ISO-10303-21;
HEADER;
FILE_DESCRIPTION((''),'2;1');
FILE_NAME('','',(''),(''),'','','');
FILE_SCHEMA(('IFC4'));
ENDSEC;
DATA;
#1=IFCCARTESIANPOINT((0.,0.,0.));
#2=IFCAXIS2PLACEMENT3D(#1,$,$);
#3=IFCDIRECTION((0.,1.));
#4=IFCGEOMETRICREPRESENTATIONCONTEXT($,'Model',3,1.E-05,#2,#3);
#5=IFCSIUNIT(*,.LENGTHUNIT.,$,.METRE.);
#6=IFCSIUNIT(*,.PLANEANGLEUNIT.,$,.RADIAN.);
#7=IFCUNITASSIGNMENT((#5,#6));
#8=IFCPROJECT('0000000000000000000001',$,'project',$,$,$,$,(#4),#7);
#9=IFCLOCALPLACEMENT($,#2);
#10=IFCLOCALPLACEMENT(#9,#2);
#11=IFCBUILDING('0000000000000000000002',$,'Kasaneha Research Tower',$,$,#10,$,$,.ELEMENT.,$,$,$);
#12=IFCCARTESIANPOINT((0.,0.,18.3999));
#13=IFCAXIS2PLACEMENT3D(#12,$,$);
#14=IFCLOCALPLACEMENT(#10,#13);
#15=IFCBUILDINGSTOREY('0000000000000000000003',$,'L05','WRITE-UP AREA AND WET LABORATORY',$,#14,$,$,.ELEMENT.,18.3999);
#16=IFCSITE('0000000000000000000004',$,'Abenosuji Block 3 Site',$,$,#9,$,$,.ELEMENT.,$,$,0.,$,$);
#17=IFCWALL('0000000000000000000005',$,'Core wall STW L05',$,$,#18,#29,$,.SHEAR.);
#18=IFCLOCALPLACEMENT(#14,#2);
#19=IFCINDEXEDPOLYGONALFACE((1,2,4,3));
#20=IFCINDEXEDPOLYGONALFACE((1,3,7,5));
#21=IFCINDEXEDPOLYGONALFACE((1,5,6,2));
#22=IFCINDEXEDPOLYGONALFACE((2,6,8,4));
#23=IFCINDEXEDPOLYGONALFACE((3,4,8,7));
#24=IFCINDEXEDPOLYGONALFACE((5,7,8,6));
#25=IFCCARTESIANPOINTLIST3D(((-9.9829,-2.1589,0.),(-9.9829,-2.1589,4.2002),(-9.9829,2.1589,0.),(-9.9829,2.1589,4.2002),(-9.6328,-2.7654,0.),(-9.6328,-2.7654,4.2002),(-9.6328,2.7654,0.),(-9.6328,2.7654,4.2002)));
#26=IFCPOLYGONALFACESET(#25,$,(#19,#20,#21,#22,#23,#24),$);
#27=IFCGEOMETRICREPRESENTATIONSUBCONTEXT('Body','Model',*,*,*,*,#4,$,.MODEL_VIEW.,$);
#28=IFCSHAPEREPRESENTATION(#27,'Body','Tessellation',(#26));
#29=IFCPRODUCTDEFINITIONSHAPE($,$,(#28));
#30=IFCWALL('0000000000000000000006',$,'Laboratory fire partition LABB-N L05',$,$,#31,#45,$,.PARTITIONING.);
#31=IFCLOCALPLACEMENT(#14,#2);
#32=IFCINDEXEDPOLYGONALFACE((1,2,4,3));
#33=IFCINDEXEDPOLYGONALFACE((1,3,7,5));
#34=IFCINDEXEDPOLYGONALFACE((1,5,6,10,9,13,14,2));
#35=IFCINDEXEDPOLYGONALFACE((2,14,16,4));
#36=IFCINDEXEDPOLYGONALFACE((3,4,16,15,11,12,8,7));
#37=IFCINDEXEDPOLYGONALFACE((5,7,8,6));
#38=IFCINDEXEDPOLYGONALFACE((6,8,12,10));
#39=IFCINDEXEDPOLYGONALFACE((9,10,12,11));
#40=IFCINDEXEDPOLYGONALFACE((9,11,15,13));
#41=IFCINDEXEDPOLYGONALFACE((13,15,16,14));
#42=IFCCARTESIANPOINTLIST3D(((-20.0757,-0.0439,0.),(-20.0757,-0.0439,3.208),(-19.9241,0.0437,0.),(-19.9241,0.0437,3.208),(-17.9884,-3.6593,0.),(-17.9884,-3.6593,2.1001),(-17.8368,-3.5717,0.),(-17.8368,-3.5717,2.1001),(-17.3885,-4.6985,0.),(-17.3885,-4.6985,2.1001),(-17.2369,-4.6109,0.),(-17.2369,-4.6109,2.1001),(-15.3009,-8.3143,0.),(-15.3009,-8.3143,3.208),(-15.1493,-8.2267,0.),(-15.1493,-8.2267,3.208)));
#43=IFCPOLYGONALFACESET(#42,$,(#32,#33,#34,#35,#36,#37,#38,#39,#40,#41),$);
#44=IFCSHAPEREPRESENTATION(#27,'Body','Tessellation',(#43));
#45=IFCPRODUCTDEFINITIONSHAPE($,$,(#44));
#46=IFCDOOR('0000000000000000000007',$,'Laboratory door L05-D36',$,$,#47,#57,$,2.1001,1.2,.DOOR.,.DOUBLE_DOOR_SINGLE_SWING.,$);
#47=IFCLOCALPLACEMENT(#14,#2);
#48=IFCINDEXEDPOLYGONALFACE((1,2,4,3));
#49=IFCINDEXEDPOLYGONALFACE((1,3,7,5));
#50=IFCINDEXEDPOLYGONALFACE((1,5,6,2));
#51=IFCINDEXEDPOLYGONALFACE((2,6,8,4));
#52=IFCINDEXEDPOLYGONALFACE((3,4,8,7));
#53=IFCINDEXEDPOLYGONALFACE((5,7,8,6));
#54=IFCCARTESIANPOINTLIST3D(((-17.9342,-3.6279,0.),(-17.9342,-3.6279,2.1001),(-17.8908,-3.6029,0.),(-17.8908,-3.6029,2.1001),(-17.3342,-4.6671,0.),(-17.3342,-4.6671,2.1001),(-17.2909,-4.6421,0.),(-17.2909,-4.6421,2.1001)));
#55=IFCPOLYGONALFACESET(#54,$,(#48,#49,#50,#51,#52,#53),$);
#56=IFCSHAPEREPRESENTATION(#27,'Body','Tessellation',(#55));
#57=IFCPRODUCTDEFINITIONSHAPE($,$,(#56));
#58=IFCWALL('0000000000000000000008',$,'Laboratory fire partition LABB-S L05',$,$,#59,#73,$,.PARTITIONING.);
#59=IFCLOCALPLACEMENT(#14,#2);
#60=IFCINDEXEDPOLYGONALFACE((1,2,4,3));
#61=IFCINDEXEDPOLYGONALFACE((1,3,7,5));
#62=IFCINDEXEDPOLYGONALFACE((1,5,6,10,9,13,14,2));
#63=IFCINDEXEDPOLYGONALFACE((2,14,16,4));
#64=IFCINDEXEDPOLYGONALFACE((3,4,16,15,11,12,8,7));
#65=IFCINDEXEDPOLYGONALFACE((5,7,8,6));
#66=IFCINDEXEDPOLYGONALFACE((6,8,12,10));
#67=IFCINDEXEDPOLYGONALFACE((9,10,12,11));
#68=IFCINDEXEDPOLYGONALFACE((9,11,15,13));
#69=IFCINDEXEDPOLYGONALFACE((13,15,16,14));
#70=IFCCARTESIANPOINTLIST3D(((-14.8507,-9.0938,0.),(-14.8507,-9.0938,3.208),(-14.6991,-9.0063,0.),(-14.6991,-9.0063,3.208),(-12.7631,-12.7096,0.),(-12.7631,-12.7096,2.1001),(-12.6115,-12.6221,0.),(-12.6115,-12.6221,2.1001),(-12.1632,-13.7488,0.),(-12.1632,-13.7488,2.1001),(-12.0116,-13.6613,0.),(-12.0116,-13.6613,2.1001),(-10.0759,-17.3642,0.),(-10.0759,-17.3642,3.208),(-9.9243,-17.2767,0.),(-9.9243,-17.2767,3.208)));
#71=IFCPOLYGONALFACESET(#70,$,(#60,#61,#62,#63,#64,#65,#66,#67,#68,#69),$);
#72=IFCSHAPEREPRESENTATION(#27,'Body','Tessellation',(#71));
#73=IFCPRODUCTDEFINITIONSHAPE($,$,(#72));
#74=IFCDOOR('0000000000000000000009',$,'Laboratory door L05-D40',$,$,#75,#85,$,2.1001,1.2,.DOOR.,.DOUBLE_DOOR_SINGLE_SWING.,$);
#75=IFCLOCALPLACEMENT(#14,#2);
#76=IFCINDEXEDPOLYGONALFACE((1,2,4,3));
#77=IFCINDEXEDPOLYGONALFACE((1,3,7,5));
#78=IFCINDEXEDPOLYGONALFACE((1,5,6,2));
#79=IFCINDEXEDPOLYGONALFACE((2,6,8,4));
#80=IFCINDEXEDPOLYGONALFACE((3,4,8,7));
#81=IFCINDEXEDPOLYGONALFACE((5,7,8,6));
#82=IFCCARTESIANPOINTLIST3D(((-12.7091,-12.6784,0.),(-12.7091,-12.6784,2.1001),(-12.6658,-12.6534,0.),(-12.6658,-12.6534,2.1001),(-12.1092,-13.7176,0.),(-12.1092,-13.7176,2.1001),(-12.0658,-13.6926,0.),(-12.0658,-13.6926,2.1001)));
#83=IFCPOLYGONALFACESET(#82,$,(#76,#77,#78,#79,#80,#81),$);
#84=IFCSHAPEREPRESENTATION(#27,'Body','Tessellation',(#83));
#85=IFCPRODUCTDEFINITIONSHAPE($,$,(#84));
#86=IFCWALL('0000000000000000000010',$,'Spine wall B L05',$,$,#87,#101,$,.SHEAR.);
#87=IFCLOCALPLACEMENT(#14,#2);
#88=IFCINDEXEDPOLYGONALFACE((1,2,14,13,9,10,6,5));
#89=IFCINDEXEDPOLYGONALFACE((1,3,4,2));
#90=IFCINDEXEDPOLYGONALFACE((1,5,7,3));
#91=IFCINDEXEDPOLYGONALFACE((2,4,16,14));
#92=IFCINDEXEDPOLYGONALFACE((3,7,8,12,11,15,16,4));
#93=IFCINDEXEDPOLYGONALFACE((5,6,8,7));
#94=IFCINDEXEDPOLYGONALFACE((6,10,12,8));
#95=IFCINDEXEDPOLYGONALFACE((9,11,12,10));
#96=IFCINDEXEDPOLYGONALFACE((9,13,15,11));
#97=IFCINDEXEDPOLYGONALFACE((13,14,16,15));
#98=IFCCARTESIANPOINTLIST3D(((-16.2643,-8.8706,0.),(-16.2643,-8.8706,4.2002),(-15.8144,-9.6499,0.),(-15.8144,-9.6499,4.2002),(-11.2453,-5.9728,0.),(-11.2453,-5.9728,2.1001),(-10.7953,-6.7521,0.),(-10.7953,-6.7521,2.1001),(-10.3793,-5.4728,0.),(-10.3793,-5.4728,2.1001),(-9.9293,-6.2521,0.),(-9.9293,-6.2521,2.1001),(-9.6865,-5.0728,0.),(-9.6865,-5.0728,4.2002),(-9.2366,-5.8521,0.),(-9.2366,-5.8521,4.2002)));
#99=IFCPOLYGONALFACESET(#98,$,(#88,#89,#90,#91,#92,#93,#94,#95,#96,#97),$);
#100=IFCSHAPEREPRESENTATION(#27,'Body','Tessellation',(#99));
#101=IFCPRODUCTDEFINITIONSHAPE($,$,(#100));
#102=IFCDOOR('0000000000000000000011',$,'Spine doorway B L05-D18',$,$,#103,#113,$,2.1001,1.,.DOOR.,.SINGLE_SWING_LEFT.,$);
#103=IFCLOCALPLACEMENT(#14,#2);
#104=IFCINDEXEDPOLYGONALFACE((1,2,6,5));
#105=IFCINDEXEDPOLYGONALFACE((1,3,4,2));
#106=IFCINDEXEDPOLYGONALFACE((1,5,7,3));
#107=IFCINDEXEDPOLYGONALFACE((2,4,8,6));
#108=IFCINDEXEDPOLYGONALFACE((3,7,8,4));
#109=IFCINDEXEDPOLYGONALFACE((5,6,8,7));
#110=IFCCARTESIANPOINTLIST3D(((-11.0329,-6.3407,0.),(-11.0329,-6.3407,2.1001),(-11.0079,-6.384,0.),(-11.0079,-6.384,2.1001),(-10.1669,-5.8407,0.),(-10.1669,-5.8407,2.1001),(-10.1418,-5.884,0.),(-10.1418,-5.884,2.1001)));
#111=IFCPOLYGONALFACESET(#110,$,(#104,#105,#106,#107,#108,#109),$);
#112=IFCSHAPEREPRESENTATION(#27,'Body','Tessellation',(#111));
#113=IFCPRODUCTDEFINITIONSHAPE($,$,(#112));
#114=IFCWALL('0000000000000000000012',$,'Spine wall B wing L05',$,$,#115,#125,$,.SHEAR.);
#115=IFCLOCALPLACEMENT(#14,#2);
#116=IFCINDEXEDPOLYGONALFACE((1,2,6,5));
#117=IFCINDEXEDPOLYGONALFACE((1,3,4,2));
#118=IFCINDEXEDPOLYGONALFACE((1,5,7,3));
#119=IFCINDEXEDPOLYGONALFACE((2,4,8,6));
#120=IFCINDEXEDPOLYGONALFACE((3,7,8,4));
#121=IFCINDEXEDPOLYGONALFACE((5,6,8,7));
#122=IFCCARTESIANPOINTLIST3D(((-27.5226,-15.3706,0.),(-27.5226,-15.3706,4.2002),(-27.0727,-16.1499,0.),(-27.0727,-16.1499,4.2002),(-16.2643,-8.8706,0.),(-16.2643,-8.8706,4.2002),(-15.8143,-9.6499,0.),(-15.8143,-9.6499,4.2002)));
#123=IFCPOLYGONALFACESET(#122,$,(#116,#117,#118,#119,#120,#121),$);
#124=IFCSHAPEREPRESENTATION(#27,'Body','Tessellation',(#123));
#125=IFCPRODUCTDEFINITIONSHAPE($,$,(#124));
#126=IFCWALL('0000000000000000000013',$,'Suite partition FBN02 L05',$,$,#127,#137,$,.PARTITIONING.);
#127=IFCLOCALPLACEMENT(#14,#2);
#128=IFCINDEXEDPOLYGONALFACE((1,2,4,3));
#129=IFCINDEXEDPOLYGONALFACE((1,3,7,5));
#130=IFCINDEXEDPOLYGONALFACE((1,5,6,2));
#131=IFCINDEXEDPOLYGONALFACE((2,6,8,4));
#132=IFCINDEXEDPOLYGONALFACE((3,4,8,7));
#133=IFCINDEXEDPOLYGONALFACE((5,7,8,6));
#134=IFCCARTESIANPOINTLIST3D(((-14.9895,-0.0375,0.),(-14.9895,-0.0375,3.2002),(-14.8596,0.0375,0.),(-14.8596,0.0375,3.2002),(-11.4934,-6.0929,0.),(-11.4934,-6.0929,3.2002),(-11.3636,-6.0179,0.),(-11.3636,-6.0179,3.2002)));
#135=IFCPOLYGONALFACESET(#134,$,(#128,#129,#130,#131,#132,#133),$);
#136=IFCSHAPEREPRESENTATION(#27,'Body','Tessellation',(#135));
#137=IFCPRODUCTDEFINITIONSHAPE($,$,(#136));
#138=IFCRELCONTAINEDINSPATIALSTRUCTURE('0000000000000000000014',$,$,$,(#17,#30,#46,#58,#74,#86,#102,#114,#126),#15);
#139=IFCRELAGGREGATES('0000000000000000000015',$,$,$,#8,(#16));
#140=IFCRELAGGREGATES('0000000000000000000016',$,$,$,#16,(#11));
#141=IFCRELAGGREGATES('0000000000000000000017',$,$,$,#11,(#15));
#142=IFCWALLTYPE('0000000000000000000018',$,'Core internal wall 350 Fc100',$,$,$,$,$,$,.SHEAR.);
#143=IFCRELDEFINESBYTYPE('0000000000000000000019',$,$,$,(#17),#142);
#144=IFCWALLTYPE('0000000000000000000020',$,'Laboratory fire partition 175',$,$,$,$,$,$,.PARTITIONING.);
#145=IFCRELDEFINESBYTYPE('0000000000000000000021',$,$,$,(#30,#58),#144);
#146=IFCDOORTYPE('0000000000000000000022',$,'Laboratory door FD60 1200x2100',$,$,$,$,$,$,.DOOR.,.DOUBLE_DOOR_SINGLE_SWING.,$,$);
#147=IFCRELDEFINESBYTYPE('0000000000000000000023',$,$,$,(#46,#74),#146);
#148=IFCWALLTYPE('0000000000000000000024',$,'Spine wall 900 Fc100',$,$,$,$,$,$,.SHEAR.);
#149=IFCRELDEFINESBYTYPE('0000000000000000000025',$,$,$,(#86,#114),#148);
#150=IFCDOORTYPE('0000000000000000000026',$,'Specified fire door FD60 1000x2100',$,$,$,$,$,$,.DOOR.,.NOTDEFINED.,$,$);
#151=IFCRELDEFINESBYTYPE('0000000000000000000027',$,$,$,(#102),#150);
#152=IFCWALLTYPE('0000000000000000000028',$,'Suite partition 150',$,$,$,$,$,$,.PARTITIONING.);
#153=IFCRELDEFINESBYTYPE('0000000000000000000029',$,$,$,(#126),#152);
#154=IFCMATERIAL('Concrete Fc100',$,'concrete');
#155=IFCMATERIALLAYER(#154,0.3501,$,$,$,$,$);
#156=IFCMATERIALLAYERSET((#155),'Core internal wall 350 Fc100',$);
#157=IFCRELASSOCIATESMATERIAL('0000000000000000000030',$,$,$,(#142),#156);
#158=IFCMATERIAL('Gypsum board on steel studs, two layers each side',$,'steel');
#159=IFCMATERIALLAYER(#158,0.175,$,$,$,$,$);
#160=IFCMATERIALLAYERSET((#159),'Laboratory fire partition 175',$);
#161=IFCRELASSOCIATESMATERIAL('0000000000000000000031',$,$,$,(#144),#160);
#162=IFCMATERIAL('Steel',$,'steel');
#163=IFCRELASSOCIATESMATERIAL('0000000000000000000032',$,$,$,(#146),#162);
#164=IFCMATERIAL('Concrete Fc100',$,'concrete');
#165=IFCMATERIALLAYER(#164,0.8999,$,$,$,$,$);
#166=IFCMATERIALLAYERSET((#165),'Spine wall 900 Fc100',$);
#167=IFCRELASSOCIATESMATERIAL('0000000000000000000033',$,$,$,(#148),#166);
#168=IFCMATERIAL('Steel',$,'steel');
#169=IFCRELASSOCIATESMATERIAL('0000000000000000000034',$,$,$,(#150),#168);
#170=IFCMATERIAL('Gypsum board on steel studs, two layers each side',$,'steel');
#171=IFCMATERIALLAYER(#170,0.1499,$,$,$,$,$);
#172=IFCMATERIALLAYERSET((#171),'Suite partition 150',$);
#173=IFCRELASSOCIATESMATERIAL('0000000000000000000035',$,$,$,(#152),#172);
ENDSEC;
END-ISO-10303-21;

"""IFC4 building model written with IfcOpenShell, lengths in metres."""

from ifc_helpers import new_model, si_unit, direction, frame, frame_2d, origin, place, context, subcontext, project, spatial, polyline, rectangle, outline, extrude, material, layer, layer_set, type_object, element, fill, save


model = new_model("IFC4")

# Units and contexts
model_context = context("Model", 3, precision=1e-05, world=origin(), true_north=direction((0.0, 1.0)))
body_context = subcontext(model_context, "Body", "Model", "MODEL_VIEW")
ifc_project = project(units=[si_unit("LENGTHUNIT", "METRE"), si_unit("PLANEANGLEUNIT", "RADIAN")], contexts=[model_context])

# Site, building, storey
site_placement = place(None, origin())
site = spatial("IfcSite", under=ifc_project, at=site_placement, Name="Abenosuji Block 3 Site", CompositionType="ELEMENT", RefElevation=0.0)
building_placement = place(site_placement, origin())
building = spatial("IfcBuilding", under=site, at=building_placement, Name="Kasaneha Research Tower", CompositionType="ELEMENT")
storey_placement = place(building_placement, frame((0.0, 0.0, 18.3999)))
storey = spatial("IfcBuildingStorey", under=building, at=storey_placement, Name="L05", Description="WRITE-UP AREA AND WET LABORATORY", CompositionType="ELEMENT", Elevation=18.3999)

# Shared definitions
ifc_material_1 = material(Name="Concrete Fc100", Category="concrete")
ifc_layer_1 = layer(ifc_material_1, 0.3501)
ifc_layer_set_1 = layer_set([ifc_layer_1], Name="Core internal wall 350 Fc100")
wall_type_1 = type_object("IfcWallType", Name="Core internal wall 350 Fc100", PredefinedType="SHEAR", material=ifc_layer_set_1)

# Wall
wall_1_placement = place(storey_placement, frame((-9.8079, -2.4622, 0.0), z_axis=(0.0, 0.0, 1.0), x_axis=(0.0, 1.0, 0.0)))
element("IfcWall", 1, at=wall_1_placement, inside=storey, type_object=wall_type_1, Name="Core wall STW L05", PredefinedType="SHEAR", context=body_context, shape_type="SweptSolid", body=[
    extrude(outline(polyline([(-0.3032, -0.175), (5.2275, -0.175), (4.6211, 0.175), (0.3032, 0.175), (-0.3032, -0.175)])), origin(), (0.0, 0.0, 1.0), 4.2002),
])

# Walls, openings, doors
ifc_material_2 = material(Name="Gypsum board on steel studs, two layers each side", Category="steel")
ifc_layer_2 = layer(ifc_material_2, 0.175)
ifc_layer_set_2 = layer_set([ifc_layer_2], Name="Laboratory fire partition 175")
wall_type_2 = type_object("IfcWallType", Name="Laboratory fire partition 175", PredefinedType="PARTITIONING", material=ifc_layer_set_2)
wall_2_placement = place(storey_placement, frame((-15.2251, -8.2705, 0.0), z_axis=(0.0, 0.0, 1.0), x_axis=(-0.499994, 0.866029, 0.0)))
wall_2 = element("IfcWall", 2, at=wall_2_placement, inside=storey, type_object=wall_type_2, Name="Laboratory fire partition LABB-N L05", PredefinedType="PARTITIONING", context=body_context, shape_type="SweptSolid", body=[
    extrude(rectangle(XDim=9.5498, YDim=0.175, at=frame_2d((4.7749, 0.0))), origin(), (0.0, 0.0, 1.0), 3.208),
])
opening_1_placement = place(wall_2_placement, frame((4.175, 0.0, 0.0)))
opening_1 = element("IfcOpeningElement", 3, at=opening_1_placement, cuts=wall_2, PredefinedType="OPENING", context=body_context, shape_type="SweptSolid", body=[
    extrude(rectangle(XDim=1.2, YDim=2.1001, at=frame_2d((0.6001, 1.05))), frame((0.0, 0.0977, 0.0), z_axis=(0.0, -1.0, 0.0), x_axis=(1.0, 0.0, 0.0)), (0.0, 0.0, 1.0), 0.1951),
])
ifc_material_3 = material(Name="Steel", Category="steel")
door_type_1 = type_object("IfcDoorType", Name="Laboratory door FD60 1200x2100", OperationType="DOUBLE_DOOR_SINGLE_SWING", PredefinedType="DOOR", material=ifc_material_3)
door_1_placement = place(opening_1_placement, origin())
door_1 = element("IfcDoor", 4, at=door_1_placement, inside=storey, type_object=door_type_1, Name="Laboratory door L05-D36", OperationType="DOUBLE_DOOR_SINGLE_SWING", OverallHeight=2.1001, OverallWidth=1.2, PredefinedType="DOOR", context=body_context, shape_type="SweptSolid", body=[
    extrude(rectangle(XDim=1.2, YDim=2.1001, at=frame_2d((0.6001, 1.05))), frame((0.0, 0.0249, 0.0), z_axis=(0.0, -1.0, 0.0), x_axis=(1.0, 0.0, 0.0)), (0.0, 0.0, 1.0), 0.05),
])
fill(opening_1, door_1)
wall_3_placement = place(storey_placement, frame((-14.7749, -9.05, 0.0), z_axis=(0.0, 0.0, 1.0), x_axis=(0.499994, -0.866029, 0.0)))
wall_3 = element("IfcWall", 5, at=wall_3_placement, inside=storey, type_object=wall_type_2, Name="Laboratory fire partition LABB-S L05", PredefinedType="PARTITIONING", context=body_context, shape_type="SweptSolid", body=[
    extrude(rectangle(XDim=9.5498, YDim=0.175, at=frame_2d((4.7749, 0.0))), origin(), (0.0, 0.0, 1.0), 3.208),
])
opening_2_placement = place(wall_3_placement, frame((4.175, 0.0, 0.0)))
opening_2 = element("IfcOpeningElement", 6, at=opening_2_placement, cuts=wall_3, PredefinedType="OPENING", context=body_context, shape_type="SweptSolid", body=[
    extrude(rectangle(XDim=1.2, YDim=2.1001, at=frame_2d((0.6001, 1.05))), frame((0.0, 0.0977, 0.0), z_axis=(0.0, -1.0, 0.0), x_axis=(1.0, 0.0, 0.0)), (0.0, 0.0, 1.0), 0.1951),
])
door_2_placement = place(opening_2_placement, origin())
door_2 = element("IfcDoor", 7, at=door_2_placement, inside=storey, type_object=door_type_1, Name="Laboratory door L05-D40", OperationType="DOUBLE_DOOR_SINGLE_SWING", OverallHeight=2.1001, OverallWidth=1.2, PredefinedType="DOOR", context=body_context, shape_type="SweptSolid", body=[
    extrude(rectangle(XDim=1.2, YDim=2.1001, at=frame_2d((0.6001, 1.05))), frame((0.0, 0.0249, 0.0), z_axis=(0.0, -1.0, 0.0), x_axis=(1.0, 0.0, 0.0)), (0.0, 0.0, 1.0), 0.05),
])
fill(opening_2, door_2)
ifc_material_4 = material(Name="Concrete Fc100", Category="concrete")
ifc_layer_3 = layer(ifc_material_4, 0.8999)
ifc_layer_set_3 = layer_set([ifc_layer_3], Name="Spine wall 900 Fc100")
wall_type_3 = type_object("IfcWallType", Name="Spine wall 900 Fc100", PredefinedType="SHEAR", material=ifc_layer_set_3)
wall_4_placement = place(storey_placement, frame((-9.4614, -5.4624, 0.0), z_axis=(0.0, 0.0, 1.0), x_axis=(-0.866019, -0.500011, 0.0)))
wall_4 = element("IfcWall", 8, at=wall_4_placement, inside=storey, type_object=wall_type_3, Name="Spine wall B L05", PredefinedType="SHEAR", context=body_context, shape_type="SweptSolid", body=[
    extrude(rectangle(XDim=7.5955, YDim=0.8999, at=frame_2d((3.7979, 0.0))), origin(), (0.0, 0.0, 1.0), 4.2002),
])
opening_3_placement = place(wall_4_placement, frame((0.8, 0.0, 0.0)))
opening_3 = element("IfcOpeningElement", 9, at=opening_3_placement, cuts=wall_4, PredefinedType="OPENING", context=body_context, shape_type="SweptSolid", body=[
    extrude(rectangle(XDim=1.0, YDim=2.1001, at=frame_2d((0.5, 1.05))), frame((0.0, 0.46, 0.0), z_axis=(0.0, -1.0, 0.0), x_axis=(1.0, 0.0, 0.0)), (0.0, 0.0, 1.0), 0.9199),
])
ifc_material_5 = material(Name="Steel", Category="steel")
door_type_2 = type_object("IfcDoorType", Name="Specified fire door FD60 1000x2100", OperationType="NOTDEFINED", PredefinedType="DOOR", material=ifc_material_5)
door_3_placement = place(opening_3_placement, origin())
door_3 = element("IfcDoor", 10, at=door_3_placement, inside=storey, type_object=door_type_2, Name="Spine doorway B L05-D18", OperationType="SINGLE_SWING_LEFT", OverallHeight=2.1001, OverallWidth=1.0, PredefinedType="DOOR", context=body_context, shape_type="SweptSolid", body=[
    extrude(rectangle(XDim=1.0, YDim=2.1001, at=frame_2d((0.5, 1.05))), frame((0.0, 0.0249, 0.0), z_axis=(0.0, -1.0, 0.0), x_axis=(1.0, 0.0, 0.0)), (0.0, 0.0, 1.0), 0.05),
])
fill(opening_3, door_3)

# Walls
wall_5_placement = place(storey_placement, frame((-16.0393, -9.2603, 0.0), z_axis=(0.0, 0.0, 1.0), x_axis=(-0.866025, -0.500001, 0.0)))
element("IfcWall", 11, at=wall_5_placement, inside=storey, type_object=wall_type_3, Name="Spine wall B wing L05", PredefinedType="SHEAR", context=body_context, shape_type="SweptSolid", body=[
    extrude(rectangle(XDim=13.0, YDim=0.8999, at=frame_2d((6.5, 0.0))), origin(), (0.0, 0.0, 1.0), 4.2002),
])
ifc_material_6 = material(Name="Gypsum board on steel studs, two layers each side", Category="steel")
ifc_layer_4 = layer(ifc_material_6, 0.1499)
ifc_layer_set_4 = layer_set([ifc_layer_4], Name="Suite partition 150")
wall_type_4 = type_object("IfcWallType", Name="Suite partition 150", PredefinedType="PARTITIONING", material=ifc_layer_set_4)
wall_6_placement = place(storey_placement, frame((-11.4285, -6.0554, 0.0), z_axis=(0.0, 0.0, 1.0), x_axis=(-0.5, 0.866026, 0.0)))
element("IfcWall", 12, at=wall_6_placement, inside=storey, type_object=wall_type_4, Name="Suite partition FBN02 L05", PredefinedType="PARTITIONING", context=body_context, shape_type="SweptSolid", body=[
    extrude(rectangle(XDim=6.9922, YDim=0.1499, at=frame_2d((3.4961, 0.0))), origin(), (0.0, 0.0, 1.0), 3.2002),
])

save(model, "model.ifc")
